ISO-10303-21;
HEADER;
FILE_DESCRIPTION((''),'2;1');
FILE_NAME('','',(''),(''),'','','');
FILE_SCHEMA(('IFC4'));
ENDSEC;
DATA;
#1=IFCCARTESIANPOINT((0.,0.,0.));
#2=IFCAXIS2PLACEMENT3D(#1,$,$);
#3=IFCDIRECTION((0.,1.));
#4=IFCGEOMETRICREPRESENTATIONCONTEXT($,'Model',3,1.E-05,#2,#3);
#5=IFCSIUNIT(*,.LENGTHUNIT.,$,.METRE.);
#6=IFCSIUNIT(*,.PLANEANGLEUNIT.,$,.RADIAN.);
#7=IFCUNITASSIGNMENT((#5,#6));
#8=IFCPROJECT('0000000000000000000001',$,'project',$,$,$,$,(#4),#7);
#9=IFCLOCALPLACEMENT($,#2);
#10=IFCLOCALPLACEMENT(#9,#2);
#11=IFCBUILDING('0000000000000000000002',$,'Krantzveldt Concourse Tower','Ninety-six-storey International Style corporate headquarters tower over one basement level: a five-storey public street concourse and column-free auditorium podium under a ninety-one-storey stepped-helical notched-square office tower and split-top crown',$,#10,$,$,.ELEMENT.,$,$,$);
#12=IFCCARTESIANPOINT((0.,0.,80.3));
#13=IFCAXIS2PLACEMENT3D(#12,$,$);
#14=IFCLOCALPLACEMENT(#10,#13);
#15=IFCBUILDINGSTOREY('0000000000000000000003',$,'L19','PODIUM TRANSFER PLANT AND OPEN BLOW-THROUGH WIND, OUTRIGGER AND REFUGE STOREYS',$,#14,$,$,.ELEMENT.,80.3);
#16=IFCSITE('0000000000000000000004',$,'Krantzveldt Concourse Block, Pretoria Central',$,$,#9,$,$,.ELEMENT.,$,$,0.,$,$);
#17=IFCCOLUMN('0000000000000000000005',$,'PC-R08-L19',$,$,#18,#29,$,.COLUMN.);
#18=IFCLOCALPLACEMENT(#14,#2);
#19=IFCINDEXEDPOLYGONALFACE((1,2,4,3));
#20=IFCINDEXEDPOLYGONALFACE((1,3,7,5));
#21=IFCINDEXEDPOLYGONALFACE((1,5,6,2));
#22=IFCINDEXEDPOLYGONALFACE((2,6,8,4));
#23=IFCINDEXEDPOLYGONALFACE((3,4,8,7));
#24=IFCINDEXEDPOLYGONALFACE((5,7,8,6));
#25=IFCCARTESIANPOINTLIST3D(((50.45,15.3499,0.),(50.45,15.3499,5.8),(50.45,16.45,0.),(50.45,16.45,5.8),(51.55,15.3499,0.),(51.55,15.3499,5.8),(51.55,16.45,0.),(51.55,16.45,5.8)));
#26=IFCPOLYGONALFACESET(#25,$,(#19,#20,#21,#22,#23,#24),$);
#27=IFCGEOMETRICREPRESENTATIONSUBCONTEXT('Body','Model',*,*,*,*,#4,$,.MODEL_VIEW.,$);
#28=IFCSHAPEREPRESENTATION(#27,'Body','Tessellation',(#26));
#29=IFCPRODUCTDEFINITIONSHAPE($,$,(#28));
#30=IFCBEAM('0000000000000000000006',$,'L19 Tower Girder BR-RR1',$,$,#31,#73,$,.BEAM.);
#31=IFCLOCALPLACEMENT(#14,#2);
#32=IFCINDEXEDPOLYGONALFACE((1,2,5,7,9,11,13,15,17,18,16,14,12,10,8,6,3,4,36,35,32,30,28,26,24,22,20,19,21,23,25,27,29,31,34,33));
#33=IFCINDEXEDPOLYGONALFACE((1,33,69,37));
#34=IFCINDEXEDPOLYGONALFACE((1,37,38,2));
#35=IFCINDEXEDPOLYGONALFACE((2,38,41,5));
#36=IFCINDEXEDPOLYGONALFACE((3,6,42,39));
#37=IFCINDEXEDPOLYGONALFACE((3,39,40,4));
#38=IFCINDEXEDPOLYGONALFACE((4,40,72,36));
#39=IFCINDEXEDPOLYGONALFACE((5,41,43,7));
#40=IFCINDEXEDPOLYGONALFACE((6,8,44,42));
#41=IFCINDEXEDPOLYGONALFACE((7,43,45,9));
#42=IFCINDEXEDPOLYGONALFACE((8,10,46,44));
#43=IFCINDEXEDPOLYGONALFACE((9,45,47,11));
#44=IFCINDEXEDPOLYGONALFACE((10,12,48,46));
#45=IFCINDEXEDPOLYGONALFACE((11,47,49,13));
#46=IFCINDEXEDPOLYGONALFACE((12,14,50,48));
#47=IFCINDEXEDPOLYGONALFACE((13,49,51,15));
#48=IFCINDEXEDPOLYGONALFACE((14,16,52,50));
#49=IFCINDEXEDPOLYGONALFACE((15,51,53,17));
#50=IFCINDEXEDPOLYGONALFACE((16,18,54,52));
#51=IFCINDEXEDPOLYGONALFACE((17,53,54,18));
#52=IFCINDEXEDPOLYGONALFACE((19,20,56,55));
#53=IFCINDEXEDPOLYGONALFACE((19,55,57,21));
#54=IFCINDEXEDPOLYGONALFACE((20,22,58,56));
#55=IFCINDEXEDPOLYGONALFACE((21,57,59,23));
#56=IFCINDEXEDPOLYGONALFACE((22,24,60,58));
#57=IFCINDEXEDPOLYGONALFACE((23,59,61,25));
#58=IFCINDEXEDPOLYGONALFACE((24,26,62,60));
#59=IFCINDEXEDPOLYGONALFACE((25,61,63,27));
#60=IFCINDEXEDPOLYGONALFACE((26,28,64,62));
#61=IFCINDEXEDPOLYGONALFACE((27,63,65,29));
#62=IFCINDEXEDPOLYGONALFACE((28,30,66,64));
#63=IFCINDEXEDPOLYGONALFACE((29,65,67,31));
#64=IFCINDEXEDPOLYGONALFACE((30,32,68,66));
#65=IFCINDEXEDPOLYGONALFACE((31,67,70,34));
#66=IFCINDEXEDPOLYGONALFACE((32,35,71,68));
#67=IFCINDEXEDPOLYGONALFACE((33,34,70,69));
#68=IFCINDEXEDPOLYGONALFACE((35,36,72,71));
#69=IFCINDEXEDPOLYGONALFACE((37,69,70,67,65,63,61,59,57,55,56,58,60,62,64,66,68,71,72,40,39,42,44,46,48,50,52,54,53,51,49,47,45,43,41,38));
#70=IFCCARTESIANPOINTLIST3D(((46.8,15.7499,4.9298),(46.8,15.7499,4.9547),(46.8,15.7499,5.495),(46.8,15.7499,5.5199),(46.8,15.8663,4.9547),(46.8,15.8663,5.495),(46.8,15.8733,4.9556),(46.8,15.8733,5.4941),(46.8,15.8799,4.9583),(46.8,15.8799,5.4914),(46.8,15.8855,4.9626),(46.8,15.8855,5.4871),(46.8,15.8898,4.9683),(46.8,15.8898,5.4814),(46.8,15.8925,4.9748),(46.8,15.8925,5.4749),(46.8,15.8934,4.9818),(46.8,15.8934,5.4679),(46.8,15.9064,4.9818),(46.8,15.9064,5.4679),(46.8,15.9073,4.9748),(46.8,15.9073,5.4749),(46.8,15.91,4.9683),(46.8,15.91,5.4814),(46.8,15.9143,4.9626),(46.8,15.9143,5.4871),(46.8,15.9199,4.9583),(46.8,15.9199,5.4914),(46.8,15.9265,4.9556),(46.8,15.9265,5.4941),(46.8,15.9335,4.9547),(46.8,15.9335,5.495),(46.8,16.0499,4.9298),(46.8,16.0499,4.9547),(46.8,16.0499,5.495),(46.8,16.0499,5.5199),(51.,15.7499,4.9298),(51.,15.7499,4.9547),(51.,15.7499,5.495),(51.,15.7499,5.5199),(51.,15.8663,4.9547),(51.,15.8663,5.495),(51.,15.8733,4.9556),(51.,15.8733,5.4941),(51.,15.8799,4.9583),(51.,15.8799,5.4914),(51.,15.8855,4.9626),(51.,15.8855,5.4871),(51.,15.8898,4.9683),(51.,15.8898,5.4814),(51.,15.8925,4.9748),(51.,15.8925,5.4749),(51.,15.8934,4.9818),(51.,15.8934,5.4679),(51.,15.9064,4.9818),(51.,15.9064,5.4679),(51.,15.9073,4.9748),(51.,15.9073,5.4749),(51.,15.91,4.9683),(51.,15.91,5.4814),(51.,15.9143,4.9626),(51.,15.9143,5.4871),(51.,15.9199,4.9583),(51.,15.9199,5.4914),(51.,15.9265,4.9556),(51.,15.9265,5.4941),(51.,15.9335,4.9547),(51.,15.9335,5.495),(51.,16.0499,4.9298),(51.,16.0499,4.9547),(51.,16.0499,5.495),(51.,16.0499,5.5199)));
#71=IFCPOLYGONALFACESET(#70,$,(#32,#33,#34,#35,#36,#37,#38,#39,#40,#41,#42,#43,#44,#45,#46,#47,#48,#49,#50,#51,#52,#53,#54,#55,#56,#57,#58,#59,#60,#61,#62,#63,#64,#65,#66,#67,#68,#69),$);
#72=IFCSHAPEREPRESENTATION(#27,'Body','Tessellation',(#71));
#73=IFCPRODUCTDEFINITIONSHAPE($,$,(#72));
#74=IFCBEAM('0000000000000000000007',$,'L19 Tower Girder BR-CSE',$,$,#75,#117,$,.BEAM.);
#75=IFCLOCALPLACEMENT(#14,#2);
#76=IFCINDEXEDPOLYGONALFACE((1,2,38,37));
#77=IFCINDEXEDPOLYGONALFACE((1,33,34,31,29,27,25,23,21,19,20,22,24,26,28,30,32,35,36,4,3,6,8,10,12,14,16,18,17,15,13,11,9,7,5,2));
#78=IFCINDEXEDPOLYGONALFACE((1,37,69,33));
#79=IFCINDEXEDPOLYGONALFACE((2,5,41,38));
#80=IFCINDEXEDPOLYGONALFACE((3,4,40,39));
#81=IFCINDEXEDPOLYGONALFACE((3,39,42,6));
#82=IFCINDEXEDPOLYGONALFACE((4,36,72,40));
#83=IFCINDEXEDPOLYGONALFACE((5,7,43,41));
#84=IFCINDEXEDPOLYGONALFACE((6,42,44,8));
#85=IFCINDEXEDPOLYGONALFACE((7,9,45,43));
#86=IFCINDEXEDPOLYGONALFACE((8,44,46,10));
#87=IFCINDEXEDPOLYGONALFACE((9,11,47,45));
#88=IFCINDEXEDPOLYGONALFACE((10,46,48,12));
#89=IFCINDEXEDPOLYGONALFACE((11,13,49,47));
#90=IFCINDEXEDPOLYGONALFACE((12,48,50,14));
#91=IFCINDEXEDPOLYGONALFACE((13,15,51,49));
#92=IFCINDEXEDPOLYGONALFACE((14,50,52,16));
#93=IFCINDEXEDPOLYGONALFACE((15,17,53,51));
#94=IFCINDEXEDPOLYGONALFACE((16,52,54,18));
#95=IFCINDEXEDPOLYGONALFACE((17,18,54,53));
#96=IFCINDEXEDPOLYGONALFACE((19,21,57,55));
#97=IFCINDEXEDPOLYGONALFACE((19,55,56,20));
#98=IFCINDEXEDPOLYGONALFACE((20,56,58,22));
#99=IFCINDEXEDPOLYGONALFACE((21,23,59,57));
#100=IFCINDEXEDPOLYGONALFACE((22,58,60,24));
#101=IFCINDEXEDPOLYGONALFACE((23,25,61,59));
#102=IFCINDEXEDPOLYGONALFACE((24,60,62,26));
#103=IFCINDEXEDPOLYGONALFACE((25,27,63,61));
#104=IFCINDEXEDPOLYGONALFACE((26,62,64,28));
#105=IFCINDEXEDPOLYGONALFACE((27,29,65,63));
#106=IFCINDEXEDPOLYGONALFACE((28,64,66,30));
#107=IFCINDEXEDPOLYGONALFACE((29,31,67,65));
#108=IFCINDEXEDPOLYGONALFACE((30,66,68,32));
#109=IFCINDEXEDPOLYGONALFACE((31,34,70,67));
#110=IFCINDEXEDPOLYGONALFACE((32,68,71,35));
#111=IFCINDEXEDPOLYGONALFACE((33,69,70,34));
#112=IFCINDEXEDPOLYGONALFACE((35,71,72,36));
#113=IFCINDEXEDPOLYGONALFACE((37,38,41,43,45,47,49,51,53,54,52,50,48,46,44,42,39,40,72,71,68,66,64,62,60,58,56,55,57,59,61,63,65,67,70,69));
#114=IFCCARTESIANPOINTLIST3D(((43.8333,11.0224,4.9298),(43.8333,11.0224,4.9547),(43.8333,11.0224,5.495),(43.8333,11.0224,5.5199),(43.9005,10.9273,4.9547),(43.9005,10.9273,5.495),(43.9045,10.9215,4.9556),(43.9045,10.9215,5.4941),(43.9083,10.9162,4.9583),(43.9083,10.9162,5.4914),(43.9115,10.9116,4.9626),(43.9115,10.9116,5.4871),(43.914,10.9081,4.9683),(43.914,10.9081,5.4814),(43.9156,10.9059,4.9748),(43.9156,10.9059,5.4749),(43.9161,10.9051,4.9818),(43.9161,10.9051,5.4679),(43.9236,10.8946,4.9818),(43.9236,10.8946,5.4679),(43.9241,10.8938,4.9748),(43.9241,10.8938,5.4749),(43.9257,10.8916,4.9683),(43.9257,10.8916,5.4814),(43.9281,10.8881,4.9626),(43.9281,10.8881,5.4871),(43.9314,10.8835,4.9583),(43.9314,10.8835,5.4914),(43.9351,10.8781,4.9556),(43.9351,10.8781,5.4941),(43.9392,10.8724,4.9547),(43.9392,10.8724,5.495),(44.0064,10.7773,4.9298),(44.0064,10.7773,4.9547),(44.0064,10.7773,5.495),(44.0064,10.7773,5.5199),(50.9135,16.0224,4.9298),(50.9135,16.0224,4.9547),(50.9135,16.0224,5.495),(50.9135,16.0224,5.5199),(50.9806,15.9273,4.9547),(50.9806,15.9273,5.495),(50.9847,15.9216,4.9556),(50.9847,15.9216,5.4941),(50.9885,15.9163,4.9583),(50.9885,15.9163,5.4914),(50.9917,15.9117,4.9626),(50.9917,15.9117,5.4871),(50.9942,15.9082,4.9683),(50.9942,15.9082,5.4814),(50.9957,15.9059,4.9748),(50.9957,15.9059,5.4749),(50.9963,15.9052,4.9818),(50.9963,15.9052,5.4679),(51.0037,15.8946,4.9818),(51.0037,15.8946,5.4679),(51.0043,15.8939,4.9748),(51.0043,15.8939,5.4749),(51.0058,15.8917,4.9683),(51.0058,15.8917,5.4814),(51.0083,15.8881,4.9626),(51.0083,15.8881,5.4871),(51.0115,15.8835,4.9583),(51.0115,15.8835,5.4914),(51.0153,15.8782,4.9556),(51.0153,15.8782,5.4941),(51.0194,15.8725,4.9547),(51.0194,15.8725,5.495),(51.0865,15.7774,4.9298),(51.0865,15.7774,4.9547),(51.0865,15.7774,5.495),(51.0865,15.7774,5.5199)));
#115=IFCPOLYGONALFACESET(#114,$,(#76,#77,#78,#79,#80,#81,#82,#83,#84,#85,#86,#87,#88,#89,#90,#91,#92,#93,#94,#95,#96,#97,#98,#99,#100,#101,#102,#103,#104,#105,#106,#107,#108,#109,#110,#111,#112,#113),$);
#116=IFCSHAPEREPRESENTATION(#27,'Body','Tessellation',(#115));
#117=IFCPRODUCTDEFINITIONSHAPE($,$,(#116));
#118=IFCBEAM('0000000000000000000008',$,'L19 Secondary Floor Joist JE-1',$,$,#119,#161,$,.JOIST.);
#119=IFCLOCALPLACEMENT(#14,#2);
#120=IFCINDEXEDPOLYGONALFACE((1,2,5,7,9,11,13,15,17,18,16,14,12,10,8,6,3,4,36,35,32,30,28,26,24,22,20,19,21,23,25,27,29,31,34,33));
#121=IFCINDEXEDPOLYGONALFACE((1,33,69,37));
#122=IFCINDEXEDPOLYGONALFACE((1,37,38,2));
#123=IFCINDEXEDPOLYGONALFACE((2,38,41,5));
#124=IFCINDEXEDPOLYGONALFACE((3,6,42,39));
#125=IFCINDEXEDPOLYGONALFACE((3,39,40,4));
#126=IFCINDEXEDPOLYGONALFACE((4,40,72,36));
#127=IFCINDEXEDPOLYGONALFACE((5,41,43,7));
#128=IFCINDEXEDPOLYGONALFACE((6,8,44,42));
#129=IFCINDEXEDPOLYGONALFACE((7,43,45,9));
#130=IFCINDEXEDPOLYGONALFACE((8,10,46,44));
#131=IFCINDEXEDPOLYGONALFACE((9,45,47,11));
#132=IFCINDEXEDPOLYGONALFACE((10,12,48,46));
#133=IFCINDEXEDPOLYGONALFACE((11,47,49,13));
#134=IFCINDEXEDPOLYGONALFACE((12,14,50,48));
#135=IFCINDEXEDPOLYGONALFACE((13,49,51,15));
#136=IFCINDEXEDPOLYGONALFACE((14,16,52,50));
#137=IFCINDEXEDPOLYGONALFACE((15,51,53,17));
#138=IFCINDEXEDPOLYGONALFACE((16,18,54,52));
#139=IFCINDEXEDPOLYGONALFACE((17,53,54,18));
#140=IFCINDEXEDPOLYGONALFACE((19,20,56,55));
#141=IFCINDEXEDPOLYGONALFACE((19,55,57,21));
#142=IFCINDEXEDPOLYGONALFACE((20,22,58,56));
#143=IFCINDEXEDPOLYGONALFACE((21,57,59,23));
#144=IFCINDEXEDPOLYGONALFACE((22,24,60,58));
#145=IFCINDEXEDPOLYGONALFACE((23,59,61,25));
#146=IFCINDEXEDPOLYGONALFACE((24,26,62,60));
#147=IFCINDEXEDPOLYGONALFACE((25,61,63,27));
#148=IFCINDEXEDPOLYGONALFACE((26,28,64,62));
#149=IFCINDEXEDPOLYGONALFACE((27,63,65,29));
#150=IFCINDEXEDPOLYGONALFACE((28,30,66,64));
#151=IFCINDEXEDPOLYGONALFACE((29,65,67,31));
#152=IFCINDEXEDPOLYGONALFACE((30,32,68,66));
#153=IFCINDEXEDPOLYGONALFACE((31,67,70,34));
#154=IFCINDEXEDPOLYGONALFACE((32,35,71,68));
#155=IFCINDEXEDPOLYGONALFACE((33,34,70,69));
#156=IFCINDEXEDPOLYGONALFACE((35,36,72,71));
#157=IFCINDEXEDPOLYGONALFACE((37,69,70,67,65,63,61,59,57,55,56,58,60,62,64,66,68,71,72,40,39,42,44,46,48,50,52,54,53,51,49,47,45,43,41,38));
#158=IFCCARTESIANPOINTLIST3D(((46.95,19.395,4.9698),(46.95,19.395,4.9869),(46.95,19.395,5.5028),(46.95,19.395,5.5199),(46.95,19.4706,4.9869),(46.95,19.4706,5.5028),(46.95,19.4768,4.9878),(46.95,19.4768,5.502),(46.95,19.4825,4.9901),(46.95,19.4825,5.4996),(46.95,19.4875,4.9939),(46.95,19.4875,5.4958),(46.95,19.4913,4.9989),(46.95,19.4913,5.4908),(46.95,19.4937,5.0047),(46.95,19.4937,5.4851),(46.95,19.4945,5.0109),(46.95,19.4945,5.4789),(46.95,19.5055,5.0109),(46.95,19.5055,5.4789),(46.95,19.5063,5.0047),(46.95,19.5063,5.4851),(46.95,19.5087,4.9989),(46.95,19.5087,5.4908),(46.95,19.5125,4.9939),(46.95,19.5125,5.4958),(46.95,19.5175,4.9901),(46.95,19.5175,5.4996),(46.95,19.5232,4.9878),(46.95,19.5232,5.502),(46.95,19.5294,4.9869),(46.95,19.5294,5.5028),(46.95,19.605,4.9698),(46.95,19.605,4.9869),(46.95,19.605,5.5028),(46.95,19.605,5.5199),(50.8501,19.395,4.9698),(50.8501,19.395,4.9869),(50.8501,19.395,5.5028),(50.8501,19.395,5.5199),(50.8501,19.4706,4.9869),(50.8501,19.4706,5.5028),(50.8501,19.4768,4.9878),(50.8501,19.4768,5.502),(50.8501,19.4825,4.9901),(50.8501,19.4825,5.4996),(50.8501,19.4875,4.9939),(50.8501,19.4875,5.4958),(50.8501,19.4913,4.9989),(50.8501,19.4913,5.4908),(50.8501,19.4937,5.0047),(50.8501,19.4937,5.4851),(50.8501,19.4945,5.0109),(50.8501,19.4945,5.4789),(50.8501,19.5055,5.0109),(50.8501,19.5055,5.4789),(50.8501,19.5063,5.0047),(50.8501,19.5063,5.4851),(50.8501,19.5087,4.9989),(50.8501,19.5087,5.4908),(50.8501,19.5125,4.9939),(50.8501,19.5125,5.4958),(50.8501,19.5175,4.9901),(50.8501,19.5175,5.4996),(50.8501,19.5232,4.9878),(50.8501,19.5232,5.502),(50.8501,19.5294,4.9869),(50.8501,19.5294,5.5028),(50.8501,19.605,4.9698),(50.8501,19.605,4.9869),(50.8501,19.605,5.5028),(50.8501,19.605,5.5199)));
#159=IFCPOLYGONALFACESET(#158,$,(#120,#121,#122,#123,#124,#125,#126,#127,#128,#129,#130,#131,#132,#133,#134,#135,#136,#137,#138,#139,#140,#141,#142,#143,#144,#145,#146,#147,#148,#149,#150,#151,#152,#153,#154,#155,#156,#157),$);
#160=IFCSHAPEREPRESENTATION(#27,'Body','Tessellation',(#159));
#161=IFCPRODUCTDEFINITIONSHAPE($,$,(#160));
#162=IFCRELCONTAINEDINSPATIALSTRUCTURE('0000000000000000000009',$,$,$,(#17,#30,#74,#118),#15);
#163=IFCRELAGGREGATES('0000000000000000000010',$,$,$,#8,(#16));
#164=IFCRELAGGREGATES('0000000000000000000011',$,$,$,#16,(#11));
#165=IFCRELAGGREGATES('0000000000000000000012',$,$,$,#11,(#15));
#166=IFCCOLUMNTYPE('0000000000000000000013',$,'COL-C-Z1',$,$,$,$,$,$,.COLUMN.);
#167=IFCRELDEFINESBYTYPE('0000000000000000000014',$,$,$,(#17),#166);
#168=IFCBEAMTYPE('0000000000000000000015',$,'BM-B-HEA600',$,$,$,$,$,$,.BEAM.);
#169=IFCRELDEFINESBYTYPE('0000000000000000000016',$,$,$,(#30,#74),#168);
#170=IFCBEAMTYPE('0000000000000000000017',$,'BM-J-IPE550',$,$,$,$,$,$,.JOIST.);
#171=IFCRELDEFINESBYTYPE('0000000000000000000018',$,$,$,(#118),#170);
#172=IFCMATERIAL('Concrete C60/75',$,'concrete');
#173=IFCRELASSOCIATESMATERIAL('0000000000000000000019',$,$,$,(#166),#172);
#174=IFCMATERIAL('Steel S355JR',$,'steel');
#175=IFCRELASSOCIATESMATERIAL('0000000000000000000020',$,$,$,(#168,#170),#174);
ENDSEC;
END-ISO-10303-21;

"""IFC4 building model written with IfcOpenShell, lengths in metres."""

from ifc_helpers import new_model, si_unit, direction, frame, origin, origin_2d, place, context, subcontext, project, spatial, rectangle, i_section, extrude, source, transform, mapped, material, material_profile, profile_set, type_object, type_shapes, element, save


model = new_model("IFC4")

# Units and contexts
model_context = context("Model", 3, precision=1e-05, world=origin(), true_north=direction((0.0, 1.0)))
body_context = subcontext(model_context, "Body", "Model", "MODEL_VIEW")
ifc_project = project(units=[si_unit("LENGTHUNIT", "METRE"), si_unit("PLANEANGLEUNIT", "RADIAN")], contexts=[model_context])

# Site, building, storey
site_placement = place(None, origin())
site = spatial("IfcSite", under=ifc_project, at=site_placement, Name="Krantzveldt Concourse Block, Pretoria Central", CompositionType="ELEMENT", RefElevation=0.0)
building_placement = place(site_placement, origin())
building = spatial("IfcBuilding", under=site, at=building_placement, Name="Krantzveldt Concourse Tower", Description="Ninety-six-storey International Style corporate headquarters tower over one basement level: a five-storey public street concourse and column-free auditorium podium under a ninety-one-storey stepped-helical notched-square office tower and split-top crown", CompositionType="ELEMENT")
storey_placement = place(building_placement, frame((0.0, 0.0, 80.3)))
storey = spatial("IfcBuildingStorey", under=building, at=storey_placement, Name="L19", Description="PODIUM TRANSFER PLANT AND OPEN BLOW-THROUGH WIND, OUTRIGGER AND REFUGE STOREYS", CompositionType="ELEMENT", Elevation=80.3)

# Column
ifc_material_1 = material(Name="Concrete C60/75", Category="concrete")
ifc_material_profile_1 = material_profile(ifc_material_1, rectangle(XDim=1.1001, YDim=1.1001, at=origin_2d()), Name="Concrete C60/75", Category="concrete")
ifc_profile_set_1 = profile_set([ifc_material_profile_1], Name="Concrete C60/75 - RC 1100x1100")
column_type = type_object("IfcColumnType", Name="COL-C-Z1", PredefinedType="COLUMN", material=ifc_profile_set_1)
shared_shape_1 = source(origin(), body_context, "Body", "SweptSolid", [
    extrude(rectangle(XDim=1.1001, YDim=1.1001, at=origin_2d()), origin(), (0.0, 0.0, 1.0), 5.8),
])
type_shapes(column_type, [shared_shape_1])
column_placement = place(storey_placement, frame((51.0, 15.8999, 0.0), z_axis=(0.0, 0.0, 1.0), x_axis=(1.0, 0.0, 0.0)))
element("IfcColumn", 1, at=column_placement, inside=storey, type_object=column_type, Name="PC-R08-L19", PredefinedType="COLUMN", context=body_context, shape_type="MappedRepresentation", body=[
    mapped(shared_shape_1, transform((0.0, 0.0, 0.0), x_axis=(1.0, 0.0, 0.0), y_axis=(0.0, 1.0, 0.0), z_axis=(0.0, 0.0, 1.0), scale=1.0)),
])

# Beams
ifc_material_2 = material(Name="Steel S355JR", Category="steel")
ifc_material_profile_2 = material_profile(ifc_material_2, i_section(OverallWidth=0.3, OverallDepth=0.5901, WebThickness=0.0129, FlangeThickness=0.0249, FilletRadius=0.0271, at=origin_2d()), Name="Steel S355JR", Category="steel")
ifc_profile_set_2 = profile_set([ifc_material_profile_2], Name="Steel S355JR - HEA 600")
beam_type_1 = type_object("IfcBeamType", Name="BM-B-HEA600", PredefinedType="BEAM", material=ifc_profile_set_2)
shared_shape_2 = source(origin(), body_context, "Body", "SweptSolid", [
    extrude(i_section(OverallWidth=0.3, OverallDepth=0.5901, WebThickness=0.0129, FlangeThickness=0.0249, FilletRadius=0.0271, at=origin_2d()), origin(), (0.0, 0.0, 1.0), 4.2),
])
beam_1_placement = place(storey_placement, frame((46.8, 15.8999, 5.2249), z_axis=(1.0, 0.0, 0.0), x_axis=(0.0, 1.0, 0.0)))
element("IfcBeam", 2, at=beam_1_placement, inside=storey, type_object=beam_type_1, Name="L19 Tower Girder BR-RR1", PredefinedType="BEAM", context=body_context, shape_type="MappedRepresentation", body=[
    mapped(shared_shape_2, transform((0.0, 0.0, 0.0), x_axis=(1.0, 0.0, 0.0), y_axis=(0.0, 1.0, 0.0), z_axis=(0.0, 0.0, 1.0), scale=1.0)),
])
shared_shape_3 = source(origin(), body_context, "Body", "SweptSolid", [
    extrude(i_section(OverallWidth=0.3, OverallDepth=0.5901, WebThickness=0.0129, FlangeThickness=0.0249, FilletRadius=0.0271, at=origin_2d()), origin(), (0.0, 0.0, 1.0), 8.6677),
])
type_shapes(beam_type_1, [shared_shape_2, shared_shape_3])
beam_2_placement = place(storey_placement, frame((51.0, 15.8999, 5.2249), z_axis=(-0.816843, -0.57686, 0.0), x_axis=(0.57686, -0.816843, 0.0)))
element("IfcBeam", 3, at=beam_2_placement, inside=storey, type_object=beam_type_1, Name="L19 Tower Girder BR-CSE", PredefinedType="BEAM", context=body_context, shape_type="MappedRepresentation", body=[
    mapped(shared_shape_3, transform((0.0, 0.0, 0.0), x_axis=(1.0, 0.0, 0.0), y_axis=(0.0, 1.0, 0.0), z_axis=(0.0, 0.0, 1.0), scale=1.0)),
])
ifc_material_profile_3 = material_profile(ifc_material_2, i_section(OverallWidth=0.21, OverallDepth=0.55, WebThickness=0.011, FlangeThickness=0.0171, FilletRadius=0.0239, at=origin_2d()), Name="Steel S355JR", Category="steel")
ifc_profile_set_3 = profile_set([ifc_material_profile_3], Name="Steel S355JR - IPE 550")
beam_type_2 = type_object("IfcBeamType", Name="BM-J-IPE550", PredefinedType="JOIST", material=ifc_profile_set_3)
shared_shape_4 = source(origin(), body_context, "Body", "SweptSolid", [
    extrude(i_section(OverallWidth=0.21, OverallDepth=0.55, WebThickness=0.011, FlangeThickness=0.0171, FilletRadius=0.0239, at=origin_2d()), origin(), (0.0, 0.0, 1.0), 3.9001),
])
type_shapes(beam_type_2, [shared_shape_4])
for number, where, z_axis, x_axis, name in (
    (4, (46.95, 19.5, 5.2449), (1.0, 0.0, 0.0), (0.0, 1.0, 0.0), "L19 Secondary Floor Joist JE-1"),
):
    element("IfcBeam", number, at=place(storey_placement, frame(where, z_axis=z_axis, x_axis=x_axis)), inside=storey, type_object=beam_type_2, Name=name, PredefinedType="JOIST", context=body_context, shape_type="MappedRepresentation", body=[
        mapped(shared_shape_4, transform((0.0, 0.0, 0.0), x_axis=(1.0, 0.0, 0.0), y_axis=(0.0, 1.0, 0.0), z_axis=(0.0, 0.0, 1.0), scale=1.0)),
    ])

save(model, "model.ifc")
